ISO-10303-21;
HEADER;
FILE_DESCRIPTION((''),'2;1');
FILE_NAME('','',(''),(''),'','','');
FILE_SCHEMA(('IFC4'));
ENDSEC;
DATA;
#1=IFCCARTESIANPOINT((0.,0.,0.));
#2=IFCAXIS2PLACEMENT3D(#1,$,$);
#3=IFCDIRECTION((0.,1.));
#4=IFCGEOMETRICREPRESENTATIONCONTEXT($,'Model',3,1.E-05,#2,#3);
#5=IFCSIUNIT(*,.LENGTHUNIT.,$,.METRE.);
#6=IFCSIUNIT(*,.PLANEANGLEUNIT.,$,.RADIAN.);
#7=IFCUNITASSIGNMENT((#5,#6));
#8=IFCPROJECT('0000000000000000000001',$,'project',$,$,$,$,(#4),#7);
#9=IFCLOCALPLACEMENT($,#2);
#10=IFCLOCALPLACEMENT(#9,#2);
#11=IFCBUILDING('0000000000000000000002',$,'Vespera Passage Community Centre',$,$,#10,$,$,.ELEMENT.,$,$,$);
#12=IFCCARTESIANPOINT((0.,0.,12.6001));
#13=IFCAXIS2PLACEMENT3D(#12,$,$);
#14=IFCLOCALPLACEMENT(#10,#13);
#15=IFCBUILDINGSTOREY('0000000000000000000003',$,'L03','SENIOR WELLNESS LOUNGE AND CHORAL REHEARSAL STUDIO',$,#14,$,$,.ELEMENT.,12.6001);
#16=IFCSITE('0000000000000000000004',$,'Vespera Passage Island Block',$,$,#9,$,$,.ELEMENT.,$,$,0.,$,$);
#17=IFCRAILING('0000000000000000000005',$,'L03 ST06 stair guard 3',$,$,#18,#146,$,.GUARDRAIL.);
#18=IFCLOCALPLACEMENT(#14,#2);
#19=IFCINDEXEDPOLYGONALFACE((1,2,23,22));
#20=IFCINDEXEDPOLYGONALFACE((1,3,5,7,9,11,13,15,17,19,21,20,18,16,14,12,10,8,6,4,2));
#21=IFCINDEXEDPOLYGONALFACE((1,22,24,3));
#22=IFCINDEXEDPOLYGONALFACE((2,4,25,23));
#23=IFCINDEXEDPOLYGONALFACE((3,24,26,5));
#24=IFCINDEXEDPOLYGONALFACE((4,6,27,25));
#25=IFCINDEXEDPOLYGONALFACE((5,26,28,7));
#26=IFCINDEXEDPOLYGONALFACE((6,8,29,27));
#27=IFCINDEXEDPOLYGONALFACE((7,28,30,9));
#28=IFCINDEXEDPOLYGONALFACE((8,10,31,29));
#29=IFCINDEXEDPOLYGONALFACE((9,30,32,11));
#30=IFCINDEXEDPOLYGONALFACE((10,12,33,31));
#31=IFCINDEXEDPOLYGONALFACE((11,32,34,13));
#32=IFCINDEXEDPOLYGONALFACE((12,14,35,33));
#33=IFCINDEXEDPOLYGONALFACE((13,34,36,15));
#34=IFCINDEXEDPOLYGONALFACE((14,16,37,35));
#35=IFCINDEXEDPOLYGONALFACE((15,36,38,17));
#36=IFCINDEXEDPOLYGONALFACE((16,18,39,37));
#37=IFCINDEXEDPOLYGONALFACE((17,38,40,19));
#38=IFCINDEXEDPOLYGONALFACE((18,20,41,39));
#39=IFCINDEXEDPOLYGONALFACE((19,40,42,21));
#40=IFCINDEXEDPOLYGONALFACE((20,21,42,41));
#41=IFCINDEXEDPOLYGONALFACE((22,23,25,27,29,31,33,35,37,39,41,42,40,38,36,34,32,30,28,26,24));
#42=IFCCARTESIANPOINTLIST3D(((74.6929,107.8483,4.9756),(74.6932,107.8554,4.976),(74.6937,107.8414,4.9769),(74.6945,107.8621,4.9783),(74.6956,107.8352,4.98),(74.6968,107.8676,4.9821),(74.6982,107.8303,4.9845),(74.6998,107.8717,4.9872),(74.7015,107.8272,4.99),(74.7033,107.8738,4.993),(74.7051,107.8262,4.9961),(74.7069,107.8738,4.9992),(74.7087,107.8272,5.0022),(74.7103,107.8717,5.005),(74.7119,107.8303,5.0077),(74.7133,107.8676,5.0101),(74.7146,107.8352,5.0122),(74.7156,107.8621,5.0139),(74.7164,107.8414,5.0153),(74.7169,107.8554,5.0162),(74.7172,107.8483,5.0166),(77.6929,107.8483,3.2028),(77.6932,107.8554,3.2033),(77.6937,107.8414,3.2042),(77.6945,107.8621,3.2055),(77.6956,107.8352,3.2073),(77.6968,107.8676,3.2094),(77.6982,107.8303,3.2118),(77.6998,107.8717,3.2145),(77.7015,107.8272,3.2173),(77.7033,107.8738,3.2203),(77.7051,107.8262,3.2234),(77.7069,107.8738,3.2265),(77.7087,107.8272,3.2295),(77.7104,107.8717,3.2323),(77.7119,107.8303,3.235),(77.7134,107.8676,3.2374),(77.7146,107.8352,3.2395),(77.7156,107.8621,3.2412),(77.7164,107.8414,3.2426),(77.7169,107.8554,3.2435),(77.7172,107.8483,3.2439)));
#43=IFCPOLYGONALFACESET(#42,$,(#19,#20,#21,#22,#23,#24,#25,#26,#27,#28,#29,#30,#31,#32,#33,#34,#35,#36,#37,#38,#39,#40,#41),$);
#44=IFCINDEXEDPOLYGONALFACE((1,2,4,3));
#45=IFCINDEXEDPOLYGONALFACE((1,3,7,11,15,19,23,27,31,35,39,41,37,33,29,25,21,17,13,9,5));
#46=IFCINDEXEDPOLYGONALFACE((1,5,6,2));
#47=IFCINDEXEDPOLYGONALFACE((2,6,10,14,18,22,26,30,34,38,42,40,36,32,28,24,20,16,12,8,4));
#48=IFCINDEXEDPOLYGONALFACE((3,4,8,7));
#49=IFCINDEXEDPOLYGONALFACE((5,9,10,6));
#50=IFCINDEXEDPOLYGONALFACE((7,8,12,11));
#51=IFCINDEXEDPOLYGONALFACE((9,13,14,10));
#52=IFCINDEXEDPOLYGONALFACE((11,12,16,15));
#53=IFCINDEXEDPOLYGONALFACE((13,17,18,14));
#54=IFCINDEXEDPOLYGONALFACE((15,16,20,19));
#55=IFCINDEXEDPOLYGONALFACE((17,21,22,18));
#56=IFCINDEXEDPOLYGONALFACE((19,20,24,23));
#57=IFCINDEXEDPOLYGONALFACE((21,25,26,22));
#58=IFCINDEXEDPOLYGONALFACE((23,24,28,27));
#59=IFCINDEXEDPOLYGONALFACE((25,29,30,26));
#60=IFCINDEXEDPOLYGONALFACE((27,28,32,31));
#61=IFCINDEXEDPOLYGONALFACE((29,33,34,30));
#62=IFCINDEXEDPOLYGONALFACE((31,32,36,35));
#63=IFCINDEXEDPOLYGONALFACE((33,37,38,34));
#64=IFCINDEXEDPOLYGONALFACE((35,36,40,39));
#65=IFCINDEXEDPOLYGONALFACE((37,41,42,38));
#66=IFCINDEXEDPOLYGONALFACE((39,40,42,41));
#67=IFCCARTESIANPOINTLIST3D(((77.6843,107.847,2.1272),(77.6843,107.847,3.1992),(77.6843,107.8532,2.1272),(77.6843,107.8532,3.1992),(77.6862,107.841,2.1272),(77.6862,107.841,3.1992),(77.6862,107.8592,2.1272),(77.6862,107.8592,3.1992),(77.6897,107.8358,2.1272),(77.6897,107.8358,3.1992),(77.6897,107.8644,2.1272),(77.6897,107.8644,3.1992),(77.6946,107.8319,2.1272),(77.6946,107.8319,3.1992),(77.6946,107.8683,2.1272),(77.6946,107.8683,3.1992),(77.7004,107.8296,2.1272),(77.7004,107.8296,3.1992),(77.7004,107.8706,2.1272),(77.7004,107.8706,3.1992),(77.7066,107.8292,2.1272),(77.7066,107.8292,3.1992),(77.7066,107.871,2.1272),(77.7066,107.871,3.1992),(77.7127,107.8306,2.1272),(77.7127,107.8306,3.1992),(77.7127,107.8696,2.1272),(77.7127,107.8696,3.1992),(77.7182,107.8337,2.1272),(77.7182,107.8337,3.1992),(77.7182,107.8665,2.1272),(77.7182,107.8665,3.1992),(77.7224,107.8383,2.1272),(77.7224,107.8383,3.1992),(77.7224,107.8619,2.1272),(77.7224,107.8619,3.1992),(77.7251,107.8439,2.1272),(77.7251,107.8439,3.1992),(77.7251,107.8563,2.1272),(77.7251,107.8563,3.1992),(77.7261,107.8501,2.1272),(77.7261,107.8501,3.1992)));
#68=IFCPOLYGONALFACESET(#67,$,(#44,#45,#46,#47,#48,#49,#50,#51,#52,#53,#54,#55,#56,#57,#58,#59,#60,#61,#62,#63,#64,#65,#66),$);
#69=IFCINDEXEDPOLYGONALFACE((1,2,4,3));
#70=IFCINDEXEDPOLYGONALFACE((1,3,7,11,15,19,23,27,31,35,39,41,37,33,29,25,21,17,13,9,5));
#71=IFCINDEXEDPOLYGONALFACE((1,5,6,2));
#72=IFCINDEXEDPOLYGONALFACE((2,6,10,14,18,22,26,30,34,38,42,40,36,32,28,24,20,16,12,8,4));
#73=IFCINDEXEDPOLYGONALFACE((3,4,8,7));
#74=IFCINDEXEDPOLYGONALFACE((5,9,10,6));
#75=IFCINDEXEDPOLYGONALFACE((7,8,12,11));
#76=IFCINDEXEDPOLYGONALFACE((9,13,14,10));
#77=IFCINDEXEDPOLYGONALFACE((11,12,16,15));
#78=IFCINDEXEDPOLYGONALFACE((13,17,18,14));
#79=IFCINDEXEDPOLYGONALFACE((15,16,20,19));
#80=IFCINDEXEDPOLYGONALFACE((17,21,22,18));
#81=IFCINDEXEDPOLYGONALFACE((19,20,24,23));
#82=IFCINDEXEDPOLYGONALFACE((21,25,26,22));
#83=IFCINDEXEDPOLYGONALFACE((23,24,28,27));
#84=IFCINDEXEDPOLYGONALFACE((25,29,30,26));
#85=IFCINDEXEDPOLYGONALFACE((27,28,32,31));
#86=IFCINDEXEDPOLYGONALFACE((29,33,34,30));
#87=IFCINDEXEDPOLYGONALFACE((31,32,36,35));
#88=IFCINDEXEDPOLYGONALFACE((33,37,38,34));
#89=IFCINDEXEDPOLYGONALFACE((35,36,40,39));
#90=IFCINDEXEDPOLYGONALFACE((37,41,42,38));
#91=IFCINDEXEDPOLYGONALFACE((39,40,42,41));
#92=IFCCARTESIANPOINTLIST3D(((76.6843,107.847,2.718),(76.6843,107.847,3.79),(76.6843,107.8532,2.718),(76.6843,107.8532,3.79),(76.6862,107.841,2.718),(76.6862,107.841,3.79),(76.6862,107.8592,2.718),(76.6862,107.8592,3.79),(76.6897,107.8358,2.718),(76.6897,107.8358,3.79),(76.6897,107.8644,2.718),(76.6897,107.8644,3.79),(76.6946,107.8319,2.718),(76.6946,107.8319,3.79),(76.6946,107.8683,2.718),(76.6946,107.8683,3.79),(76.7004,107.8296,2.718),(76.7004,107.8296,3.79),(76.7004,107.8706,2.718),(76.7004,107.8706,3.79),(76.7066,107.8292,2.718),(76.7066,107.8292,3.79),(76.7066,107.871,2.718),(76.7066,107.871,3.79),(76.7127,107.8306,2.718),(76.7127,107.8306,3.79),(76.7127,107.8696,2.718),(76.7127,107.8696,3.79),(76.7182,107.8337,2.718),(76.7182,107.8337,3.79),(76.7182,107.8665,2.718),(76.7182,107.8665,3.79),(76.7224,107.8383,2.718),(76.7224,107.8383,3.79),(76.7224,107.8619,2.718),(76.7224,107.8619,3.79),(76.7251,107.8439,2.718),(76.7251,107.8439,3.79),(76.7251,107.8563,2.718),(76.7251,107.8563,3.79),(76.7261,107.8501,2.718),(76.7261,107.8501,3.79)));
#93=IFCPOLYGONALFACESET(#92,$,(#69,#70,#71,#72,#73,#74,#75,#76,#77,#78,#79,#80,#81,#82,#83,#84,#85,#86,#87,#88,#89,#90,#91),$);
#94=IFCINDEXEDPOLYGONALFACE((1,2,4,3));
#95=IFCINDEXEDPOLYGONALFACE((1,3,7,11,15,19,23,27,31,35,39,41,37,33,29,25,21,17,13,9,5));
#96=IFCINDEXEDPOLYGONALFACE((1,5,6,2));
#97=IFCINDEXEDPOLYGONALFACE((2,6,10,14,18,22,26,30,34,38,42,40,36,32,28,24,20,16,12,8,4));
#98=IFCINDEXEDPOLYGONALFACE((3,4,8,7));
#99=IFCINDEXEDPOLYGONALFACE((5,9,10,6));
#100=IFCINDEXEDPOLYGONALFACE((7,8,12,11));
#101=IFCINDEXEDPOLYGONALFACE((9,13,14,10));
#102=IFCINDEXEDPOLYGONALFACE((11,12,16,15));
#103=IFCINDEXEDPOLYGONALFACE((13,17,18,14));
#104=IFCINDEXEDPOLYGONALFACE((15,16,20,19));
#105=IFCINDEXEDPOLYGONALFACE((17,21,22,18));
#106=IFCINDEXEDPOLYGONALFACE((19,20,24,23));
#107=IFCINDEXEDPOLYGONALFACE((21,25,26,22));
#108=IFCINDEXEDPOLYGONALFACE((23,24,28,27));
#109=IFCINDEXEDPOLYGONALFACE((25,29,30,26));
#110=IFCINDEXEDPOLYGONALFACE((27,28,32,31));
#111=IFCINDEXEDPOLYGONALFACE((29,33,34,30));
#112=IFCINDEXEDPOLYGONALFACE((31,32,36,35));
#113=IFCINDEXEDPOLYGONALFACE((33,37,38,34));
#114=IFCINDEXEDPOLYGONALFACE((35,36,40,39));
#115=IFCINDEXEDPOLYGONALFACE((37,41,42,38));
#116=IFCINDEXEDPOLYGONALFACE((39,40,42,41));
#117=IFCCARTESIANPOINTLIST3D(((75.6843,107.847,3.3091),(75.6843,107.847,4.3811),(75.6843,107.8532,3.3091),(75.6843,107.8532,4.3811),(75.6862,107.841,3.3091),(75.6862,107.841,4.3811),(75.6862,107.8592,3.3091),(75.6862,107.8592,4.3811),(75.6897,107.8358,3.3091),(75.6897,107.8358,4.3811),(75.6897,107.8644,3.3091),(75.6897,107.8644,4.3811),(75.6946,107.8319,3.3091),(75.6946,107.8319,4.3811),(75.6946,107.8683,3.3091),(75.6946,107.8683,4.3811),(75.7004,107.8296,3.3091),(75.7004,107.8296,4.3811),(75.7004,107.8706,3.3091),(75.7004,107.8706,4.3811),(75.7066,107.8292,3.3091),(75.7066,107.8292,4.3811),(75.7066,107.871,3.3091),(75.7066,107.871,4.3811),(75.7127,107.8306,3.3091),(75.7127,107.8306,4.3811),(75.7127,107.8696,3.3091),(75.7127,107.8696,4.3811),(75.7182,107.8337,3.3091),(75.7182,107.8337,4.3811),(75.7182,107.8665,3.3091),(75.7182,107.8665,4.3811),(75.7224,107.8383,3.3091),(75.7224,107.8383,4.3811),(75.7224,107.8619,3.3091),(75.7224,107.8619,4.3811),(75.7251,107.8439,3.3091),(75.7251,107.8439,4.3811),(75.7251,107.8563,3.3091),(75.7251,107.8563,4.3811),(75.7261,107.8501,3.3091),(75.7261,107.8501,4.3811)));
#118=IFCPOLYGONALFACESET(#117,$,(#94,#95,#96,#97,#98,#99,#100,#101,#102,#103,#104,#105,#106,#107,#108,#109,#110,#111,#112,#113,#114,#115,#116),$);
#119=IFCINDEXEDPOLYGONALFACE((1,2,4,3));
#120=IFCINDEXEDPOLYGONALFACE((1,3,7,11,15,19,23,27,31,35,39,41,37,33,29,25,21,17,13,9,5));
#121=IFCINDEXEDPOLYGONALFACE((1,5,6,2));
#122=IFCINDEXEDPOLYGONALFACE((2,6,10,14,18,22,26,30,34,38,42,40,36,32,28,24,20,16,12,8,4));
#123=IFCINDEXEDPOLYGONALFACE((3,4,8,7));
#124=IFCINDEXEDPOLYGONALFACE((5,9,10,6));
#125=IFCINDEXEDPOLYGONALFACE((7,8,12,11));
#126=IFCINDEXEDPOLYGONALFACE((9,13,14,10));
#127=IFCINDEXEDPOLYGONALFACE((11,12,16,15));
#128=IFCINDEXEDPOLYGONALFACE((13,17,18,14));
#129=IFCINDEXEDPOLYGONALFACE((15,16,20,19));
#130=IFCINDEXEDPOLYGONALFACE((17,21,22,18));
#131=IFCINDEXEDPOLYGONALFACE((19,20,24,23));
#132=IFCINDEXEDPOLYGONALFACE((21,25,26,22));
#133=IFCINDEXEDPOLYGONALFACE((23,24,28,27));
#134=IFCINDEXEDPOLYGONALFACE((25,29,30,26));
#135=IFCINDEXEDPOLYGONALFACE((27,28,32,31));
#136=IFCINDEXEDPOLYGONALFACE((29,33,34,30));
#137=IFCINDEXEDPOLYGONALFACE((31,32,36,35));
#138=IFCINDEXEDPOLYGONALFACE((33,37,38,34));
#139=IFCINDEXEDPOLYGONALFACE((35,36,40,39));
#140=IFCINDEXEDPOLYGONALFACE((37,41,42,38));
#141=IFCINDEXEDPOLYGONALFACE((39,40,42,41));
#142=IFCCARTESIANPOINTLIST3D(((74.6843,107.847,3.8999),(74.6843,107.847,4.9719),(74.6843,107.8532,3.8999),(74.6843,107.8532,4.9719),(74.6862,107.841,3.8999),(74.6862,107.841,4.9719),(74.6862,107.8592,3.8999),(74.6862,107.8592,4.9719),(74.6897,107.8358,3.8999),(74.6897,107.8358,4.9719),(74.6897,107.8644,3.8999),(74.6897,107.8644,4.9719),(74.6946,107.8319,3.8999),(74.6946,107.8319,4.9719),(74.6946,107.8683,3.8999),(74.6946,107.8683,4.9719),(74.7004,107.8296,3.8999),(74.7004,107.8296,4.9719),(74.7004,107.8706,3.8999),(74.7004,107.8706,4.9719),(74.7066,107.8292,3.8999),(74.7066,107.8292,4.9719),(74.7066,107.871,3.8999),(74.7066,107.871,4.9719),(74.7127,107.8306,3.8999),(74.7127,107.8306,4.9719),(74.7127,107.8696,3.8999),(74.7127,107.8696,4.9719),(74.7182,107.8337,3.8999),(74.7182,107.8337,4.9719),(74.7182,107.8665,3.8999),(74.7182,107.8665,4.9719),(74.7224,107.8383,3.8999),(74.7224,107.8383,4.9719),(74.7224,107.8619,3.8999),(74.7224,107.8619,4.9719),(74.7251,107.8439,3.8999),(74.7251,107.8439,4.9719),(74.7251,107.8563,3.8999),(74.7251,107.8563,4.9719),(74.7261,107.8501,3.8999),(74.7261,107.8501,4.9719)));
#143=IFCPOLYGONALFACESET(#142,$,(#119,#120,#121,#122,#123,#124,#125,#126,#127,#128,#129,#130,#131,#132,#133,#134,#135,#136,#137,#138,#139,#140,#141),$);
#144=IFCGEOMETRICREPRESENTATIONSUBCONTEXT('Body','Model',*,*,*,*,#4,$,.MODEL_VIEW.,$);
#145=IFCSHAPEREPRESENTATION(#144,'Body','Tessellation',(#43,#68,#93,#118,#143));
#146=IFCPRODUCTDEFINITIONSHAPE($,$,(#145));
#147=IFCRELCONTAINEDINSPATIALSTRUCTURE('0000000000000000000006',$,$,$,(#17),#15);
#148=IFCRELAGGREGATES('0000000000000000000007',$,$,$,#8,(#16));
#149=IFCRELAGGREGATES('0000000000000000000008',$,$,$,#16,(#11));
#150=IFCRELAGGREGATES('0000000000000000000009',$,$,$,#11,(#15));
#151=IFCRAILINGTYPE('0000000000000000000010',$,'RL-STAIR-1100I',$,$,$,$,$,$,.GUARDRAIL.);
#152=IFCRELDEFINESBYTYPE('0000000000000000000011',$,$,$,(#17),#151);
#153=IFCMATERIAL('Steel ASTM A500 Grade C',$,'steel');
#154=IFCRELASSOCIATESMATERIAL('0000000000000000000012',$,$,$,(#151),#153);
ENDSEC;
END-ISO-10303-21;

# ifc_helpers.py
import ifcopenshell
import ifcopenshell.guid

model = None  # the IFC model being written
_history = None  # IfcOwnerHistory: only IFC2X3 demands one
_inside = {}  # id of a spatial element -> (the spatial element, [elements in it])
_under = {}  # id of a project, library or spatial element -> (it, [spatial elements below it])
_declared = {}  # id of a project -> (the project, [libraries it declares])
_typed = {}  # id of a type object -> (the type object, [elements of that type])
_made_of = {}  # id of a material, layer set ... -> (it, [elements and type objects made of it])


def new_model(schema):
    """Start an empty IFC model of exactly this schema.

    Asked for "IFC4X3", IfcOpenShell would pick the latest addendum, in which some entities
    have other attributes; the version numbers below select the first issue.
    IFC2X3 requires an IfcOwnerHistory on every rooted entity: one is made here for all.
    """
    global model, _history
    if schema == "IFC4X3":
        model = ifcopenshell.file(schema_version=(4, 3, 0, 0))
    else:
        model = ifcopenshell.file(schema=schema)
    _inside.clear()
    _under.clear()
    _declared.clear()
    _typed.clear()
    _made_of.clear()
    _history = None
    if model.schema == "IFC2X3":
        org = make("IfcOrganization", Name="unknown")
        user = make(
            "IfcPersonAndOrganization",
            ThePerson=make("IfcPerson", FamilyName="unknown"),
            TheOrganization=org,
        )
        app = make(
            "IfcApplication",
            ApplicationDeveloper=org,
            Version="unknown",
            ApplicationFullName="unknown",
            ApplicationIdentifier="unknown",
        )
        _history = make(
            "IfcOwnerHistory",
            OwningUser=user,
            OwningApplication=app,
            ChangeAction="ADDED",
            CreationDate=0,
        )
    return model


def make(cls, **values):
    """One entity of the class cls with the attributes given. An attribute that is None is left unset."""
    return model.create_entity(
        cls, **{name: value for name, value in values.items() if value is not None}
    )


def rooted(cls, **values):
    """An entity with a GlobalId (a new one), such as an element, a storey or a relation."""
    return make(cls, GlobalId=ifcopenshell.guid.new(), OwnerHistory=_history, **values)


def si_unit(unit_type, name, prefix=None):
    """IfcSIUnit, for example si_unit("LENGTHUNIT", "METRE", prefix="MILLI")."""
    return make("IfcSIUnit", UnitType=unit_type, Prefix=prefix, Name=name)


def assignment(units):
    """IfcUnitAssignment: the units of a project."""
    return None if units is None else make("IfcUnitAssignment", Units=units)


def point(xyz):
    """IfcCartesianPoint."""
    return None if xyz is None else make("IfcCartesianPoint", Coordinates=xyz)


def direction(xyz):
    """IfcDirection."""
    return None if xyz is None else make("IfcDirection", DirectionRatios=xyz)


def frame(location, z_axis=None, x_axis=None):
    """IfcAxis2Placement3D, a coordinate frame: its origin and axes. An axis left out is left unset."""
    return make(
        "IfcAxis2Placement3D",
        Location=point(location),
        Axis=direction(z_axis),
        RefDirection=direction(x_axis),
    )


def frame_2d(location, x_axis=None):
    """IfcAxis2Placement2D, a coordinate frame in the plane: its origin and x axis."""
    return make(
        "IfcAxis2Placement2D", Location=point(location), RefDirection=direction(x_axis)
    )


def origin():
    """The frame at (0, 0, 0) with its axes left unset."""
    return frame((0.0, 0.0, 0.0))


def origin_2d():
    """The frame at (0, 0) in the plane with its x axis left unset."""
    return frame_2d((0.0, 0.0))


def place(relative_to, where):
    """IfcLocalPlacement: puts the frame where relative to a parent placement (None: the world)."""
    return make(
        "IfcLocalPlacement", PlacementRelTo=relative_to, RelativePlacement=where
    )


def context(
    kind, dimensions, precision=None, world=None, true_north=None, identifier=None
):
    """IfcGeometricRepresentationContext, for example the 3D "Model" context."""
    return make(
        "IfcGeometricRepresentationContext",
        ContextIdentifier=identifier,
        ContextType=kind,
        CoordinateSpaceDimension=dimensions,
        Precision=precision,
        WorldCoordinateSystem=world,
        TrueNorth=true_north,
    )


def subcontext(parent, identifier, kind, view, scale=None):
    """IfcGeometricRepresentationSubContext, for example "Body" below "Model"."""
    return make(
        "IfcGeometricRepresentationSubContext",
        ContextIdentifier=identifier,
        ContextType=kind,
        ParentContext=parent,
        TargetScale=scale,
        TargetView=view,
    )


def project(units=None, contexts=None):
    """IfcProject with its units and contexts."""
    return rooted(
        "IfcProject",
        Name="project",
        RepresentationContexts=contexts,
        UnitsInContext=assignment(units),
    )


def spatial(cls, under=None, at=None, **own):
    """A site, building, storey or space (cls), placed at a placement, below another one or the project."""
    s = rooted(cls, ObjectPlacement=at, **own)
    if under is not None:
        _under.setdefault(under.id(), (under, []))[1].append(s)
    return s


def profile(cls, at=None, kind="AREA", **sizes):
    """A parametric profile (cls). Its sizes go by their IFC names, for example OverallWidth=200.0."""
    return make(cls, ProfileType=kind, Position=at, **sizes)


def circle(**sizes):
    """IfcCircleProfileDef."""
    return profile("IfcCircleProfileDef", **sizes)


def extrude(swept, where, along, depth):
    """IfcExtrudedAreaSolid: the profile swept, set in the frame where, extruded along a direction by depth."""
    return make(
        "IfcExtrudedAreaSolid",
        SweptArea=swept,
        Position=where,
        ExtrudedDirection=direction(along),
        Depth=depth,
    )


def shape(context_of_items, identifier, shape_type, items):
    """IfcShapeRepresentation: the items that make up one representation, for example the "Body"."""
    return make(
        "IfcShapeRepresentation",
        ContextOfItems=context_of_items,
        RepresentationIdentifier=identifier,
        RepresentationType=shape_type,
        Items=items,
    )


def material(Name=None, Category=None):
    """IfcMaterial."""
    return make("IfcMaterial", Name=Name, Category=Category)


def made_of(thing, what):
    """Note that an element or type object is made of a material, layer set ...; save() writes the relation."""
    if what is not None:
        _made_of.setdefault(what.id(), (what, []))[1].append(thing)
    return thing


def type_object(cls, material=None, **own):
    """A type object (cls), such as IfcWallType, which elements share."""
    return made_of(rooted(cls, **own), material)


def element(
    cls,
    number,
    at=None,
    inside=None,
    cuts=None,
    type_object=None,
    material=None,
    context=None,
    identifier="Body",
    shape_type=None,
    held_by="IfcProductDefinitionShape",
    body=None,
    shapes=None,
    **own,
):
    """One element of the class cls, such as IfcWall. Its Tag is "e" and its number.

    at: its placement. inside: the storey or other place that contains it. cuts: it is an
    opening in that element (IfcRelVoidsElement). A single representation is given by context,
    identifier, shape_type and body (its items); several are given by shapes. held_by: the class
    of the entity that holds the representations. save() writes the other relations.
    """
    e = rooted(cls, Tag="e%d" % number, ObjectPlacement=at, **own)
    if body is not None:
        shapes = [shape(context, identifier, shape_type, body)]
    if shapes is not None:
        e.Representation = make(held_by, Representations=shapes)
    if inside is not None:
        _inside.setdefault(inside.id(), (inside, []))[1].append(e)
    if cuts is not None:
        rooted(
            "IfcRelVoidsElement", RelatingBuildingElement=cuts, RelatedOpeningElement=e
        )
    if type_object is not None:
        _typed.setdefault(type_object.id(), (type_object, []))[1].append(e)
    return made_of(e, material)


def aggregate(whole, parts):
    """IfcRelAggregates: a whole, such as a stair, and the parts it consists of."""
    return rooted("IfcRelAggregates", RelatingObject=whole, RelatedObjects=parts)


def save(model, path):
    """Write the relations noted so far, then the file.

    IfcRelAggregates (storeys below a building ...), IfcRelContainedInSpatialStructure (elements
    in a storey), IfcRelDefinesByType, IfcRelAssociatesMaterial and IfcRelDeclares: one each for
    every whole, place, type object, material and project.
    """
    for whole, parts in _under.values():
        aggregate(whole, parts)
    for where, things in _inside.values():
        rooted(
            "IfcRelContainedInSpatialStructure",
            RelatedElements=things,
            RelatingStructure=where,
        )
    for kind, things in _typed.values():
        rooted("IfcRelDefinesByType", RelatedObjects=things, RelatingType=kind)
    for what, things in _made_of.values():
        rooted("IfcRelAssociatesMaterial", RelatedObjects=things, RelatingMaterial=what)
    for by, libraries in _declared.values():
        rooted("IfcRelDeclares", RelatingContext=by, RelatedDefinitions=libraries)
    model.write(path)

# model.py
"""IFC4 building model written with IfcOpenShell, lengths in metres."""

from ifc_helpers import new_model, si_unit, direction, frame, origin, origin_2d, place, context, subcontext, project, spatial, circle, extrude, material, type_object, element, save


model = new_model("IFC4")

# Units and contexts
model_context = context("Model", 3, precision=1e-05, world=origin(), true_north=direction((0.0, 1.0)))
body_context = subcontext(model_context, "Body", "Model", "MODEL_VIEW")
ifc_project = project(units=[si_unit("LENGTHUNIT", "METRE"), si_unit("PLANEANGLEUNIT", "RADIAN")], contexts=[model_context])

# Site, building, storey
site_placement = place(None, origin())
site = spatial("IfcSite", under=ifc_project, at=site_placement, Name="Vespera Passage Island Block", CompositionType="ELEMENT", RefElevation=0.0)
building_placement = place(site_placement, origin())
building = spatial("IfcBuilding", under=site, at=building_placement, Name="Vespera Passage Community Centre", CompositionType="ELEMENT")
storey_placement = place(building_placement, frame((0.0, 0.0, 12.6001)))
storey = spatial("IfcBuildingStorey", under=building, at=storey_placement, Name="L03", Description="SENIOR WELLNESS LOUNGE AND CHORAL REHEARSAL STUDIO", CompositionType="ELEMENT", Elevation=12.6001)

# Railing
ifc_material_1 = material(Name="Steel ASTM A500 Grade C", Category="steel")
railing_type_1 = type_object("IfcRailingType", Name="RL-STAIR-1100I", PredefinedType="GUARDRAIL", material=ifc_material_1)
railing_1_placement = place(storey_placement, frame((77.7051, 107.8501, 2.1272)))
element("IfcRailing", 1, at=railing_1_placement, inside=storey, type_object=railing_type_1, Name="L03 ST06 stair guard 3", PredefinedType="GUARDRAIL", context=body_context, shape_type="SweptSolid", body=[
    extrude(circle(Radius=0.0239, at=origin_2d()), frame((0.0, 0.0, 1.0962), z_axis=(-0.860929, 0.0, 0.508725), x_axis=(0.0, -1.0, 0.0)), (0.0, 0.0, 1.0), 3.4846),
    extrude(circle(Radius=0.021, at=origin_2d()), origin(), (0.0, 0.0, 1.0), 1.072),
    extrude(circle(Radius=0.021, at=origin_2d()), frame((-1.0, 0.0, 0.5908)), (0.0, 0.0, 1.0), 1.072),
    extrude(circle(Radius=0.021, at=origin_2d()), frame((-2.0, 0.0, 1.1819)), (0.0, 0.0, 1.0), 1.072),
    extrude(circle(Radius=0.021, at=origin_2d()), frame((-3.0, 0.0, 1.7727)), (0.0, 0.0, 1.0), 1.072),
])

save(model, "model.ifc")
